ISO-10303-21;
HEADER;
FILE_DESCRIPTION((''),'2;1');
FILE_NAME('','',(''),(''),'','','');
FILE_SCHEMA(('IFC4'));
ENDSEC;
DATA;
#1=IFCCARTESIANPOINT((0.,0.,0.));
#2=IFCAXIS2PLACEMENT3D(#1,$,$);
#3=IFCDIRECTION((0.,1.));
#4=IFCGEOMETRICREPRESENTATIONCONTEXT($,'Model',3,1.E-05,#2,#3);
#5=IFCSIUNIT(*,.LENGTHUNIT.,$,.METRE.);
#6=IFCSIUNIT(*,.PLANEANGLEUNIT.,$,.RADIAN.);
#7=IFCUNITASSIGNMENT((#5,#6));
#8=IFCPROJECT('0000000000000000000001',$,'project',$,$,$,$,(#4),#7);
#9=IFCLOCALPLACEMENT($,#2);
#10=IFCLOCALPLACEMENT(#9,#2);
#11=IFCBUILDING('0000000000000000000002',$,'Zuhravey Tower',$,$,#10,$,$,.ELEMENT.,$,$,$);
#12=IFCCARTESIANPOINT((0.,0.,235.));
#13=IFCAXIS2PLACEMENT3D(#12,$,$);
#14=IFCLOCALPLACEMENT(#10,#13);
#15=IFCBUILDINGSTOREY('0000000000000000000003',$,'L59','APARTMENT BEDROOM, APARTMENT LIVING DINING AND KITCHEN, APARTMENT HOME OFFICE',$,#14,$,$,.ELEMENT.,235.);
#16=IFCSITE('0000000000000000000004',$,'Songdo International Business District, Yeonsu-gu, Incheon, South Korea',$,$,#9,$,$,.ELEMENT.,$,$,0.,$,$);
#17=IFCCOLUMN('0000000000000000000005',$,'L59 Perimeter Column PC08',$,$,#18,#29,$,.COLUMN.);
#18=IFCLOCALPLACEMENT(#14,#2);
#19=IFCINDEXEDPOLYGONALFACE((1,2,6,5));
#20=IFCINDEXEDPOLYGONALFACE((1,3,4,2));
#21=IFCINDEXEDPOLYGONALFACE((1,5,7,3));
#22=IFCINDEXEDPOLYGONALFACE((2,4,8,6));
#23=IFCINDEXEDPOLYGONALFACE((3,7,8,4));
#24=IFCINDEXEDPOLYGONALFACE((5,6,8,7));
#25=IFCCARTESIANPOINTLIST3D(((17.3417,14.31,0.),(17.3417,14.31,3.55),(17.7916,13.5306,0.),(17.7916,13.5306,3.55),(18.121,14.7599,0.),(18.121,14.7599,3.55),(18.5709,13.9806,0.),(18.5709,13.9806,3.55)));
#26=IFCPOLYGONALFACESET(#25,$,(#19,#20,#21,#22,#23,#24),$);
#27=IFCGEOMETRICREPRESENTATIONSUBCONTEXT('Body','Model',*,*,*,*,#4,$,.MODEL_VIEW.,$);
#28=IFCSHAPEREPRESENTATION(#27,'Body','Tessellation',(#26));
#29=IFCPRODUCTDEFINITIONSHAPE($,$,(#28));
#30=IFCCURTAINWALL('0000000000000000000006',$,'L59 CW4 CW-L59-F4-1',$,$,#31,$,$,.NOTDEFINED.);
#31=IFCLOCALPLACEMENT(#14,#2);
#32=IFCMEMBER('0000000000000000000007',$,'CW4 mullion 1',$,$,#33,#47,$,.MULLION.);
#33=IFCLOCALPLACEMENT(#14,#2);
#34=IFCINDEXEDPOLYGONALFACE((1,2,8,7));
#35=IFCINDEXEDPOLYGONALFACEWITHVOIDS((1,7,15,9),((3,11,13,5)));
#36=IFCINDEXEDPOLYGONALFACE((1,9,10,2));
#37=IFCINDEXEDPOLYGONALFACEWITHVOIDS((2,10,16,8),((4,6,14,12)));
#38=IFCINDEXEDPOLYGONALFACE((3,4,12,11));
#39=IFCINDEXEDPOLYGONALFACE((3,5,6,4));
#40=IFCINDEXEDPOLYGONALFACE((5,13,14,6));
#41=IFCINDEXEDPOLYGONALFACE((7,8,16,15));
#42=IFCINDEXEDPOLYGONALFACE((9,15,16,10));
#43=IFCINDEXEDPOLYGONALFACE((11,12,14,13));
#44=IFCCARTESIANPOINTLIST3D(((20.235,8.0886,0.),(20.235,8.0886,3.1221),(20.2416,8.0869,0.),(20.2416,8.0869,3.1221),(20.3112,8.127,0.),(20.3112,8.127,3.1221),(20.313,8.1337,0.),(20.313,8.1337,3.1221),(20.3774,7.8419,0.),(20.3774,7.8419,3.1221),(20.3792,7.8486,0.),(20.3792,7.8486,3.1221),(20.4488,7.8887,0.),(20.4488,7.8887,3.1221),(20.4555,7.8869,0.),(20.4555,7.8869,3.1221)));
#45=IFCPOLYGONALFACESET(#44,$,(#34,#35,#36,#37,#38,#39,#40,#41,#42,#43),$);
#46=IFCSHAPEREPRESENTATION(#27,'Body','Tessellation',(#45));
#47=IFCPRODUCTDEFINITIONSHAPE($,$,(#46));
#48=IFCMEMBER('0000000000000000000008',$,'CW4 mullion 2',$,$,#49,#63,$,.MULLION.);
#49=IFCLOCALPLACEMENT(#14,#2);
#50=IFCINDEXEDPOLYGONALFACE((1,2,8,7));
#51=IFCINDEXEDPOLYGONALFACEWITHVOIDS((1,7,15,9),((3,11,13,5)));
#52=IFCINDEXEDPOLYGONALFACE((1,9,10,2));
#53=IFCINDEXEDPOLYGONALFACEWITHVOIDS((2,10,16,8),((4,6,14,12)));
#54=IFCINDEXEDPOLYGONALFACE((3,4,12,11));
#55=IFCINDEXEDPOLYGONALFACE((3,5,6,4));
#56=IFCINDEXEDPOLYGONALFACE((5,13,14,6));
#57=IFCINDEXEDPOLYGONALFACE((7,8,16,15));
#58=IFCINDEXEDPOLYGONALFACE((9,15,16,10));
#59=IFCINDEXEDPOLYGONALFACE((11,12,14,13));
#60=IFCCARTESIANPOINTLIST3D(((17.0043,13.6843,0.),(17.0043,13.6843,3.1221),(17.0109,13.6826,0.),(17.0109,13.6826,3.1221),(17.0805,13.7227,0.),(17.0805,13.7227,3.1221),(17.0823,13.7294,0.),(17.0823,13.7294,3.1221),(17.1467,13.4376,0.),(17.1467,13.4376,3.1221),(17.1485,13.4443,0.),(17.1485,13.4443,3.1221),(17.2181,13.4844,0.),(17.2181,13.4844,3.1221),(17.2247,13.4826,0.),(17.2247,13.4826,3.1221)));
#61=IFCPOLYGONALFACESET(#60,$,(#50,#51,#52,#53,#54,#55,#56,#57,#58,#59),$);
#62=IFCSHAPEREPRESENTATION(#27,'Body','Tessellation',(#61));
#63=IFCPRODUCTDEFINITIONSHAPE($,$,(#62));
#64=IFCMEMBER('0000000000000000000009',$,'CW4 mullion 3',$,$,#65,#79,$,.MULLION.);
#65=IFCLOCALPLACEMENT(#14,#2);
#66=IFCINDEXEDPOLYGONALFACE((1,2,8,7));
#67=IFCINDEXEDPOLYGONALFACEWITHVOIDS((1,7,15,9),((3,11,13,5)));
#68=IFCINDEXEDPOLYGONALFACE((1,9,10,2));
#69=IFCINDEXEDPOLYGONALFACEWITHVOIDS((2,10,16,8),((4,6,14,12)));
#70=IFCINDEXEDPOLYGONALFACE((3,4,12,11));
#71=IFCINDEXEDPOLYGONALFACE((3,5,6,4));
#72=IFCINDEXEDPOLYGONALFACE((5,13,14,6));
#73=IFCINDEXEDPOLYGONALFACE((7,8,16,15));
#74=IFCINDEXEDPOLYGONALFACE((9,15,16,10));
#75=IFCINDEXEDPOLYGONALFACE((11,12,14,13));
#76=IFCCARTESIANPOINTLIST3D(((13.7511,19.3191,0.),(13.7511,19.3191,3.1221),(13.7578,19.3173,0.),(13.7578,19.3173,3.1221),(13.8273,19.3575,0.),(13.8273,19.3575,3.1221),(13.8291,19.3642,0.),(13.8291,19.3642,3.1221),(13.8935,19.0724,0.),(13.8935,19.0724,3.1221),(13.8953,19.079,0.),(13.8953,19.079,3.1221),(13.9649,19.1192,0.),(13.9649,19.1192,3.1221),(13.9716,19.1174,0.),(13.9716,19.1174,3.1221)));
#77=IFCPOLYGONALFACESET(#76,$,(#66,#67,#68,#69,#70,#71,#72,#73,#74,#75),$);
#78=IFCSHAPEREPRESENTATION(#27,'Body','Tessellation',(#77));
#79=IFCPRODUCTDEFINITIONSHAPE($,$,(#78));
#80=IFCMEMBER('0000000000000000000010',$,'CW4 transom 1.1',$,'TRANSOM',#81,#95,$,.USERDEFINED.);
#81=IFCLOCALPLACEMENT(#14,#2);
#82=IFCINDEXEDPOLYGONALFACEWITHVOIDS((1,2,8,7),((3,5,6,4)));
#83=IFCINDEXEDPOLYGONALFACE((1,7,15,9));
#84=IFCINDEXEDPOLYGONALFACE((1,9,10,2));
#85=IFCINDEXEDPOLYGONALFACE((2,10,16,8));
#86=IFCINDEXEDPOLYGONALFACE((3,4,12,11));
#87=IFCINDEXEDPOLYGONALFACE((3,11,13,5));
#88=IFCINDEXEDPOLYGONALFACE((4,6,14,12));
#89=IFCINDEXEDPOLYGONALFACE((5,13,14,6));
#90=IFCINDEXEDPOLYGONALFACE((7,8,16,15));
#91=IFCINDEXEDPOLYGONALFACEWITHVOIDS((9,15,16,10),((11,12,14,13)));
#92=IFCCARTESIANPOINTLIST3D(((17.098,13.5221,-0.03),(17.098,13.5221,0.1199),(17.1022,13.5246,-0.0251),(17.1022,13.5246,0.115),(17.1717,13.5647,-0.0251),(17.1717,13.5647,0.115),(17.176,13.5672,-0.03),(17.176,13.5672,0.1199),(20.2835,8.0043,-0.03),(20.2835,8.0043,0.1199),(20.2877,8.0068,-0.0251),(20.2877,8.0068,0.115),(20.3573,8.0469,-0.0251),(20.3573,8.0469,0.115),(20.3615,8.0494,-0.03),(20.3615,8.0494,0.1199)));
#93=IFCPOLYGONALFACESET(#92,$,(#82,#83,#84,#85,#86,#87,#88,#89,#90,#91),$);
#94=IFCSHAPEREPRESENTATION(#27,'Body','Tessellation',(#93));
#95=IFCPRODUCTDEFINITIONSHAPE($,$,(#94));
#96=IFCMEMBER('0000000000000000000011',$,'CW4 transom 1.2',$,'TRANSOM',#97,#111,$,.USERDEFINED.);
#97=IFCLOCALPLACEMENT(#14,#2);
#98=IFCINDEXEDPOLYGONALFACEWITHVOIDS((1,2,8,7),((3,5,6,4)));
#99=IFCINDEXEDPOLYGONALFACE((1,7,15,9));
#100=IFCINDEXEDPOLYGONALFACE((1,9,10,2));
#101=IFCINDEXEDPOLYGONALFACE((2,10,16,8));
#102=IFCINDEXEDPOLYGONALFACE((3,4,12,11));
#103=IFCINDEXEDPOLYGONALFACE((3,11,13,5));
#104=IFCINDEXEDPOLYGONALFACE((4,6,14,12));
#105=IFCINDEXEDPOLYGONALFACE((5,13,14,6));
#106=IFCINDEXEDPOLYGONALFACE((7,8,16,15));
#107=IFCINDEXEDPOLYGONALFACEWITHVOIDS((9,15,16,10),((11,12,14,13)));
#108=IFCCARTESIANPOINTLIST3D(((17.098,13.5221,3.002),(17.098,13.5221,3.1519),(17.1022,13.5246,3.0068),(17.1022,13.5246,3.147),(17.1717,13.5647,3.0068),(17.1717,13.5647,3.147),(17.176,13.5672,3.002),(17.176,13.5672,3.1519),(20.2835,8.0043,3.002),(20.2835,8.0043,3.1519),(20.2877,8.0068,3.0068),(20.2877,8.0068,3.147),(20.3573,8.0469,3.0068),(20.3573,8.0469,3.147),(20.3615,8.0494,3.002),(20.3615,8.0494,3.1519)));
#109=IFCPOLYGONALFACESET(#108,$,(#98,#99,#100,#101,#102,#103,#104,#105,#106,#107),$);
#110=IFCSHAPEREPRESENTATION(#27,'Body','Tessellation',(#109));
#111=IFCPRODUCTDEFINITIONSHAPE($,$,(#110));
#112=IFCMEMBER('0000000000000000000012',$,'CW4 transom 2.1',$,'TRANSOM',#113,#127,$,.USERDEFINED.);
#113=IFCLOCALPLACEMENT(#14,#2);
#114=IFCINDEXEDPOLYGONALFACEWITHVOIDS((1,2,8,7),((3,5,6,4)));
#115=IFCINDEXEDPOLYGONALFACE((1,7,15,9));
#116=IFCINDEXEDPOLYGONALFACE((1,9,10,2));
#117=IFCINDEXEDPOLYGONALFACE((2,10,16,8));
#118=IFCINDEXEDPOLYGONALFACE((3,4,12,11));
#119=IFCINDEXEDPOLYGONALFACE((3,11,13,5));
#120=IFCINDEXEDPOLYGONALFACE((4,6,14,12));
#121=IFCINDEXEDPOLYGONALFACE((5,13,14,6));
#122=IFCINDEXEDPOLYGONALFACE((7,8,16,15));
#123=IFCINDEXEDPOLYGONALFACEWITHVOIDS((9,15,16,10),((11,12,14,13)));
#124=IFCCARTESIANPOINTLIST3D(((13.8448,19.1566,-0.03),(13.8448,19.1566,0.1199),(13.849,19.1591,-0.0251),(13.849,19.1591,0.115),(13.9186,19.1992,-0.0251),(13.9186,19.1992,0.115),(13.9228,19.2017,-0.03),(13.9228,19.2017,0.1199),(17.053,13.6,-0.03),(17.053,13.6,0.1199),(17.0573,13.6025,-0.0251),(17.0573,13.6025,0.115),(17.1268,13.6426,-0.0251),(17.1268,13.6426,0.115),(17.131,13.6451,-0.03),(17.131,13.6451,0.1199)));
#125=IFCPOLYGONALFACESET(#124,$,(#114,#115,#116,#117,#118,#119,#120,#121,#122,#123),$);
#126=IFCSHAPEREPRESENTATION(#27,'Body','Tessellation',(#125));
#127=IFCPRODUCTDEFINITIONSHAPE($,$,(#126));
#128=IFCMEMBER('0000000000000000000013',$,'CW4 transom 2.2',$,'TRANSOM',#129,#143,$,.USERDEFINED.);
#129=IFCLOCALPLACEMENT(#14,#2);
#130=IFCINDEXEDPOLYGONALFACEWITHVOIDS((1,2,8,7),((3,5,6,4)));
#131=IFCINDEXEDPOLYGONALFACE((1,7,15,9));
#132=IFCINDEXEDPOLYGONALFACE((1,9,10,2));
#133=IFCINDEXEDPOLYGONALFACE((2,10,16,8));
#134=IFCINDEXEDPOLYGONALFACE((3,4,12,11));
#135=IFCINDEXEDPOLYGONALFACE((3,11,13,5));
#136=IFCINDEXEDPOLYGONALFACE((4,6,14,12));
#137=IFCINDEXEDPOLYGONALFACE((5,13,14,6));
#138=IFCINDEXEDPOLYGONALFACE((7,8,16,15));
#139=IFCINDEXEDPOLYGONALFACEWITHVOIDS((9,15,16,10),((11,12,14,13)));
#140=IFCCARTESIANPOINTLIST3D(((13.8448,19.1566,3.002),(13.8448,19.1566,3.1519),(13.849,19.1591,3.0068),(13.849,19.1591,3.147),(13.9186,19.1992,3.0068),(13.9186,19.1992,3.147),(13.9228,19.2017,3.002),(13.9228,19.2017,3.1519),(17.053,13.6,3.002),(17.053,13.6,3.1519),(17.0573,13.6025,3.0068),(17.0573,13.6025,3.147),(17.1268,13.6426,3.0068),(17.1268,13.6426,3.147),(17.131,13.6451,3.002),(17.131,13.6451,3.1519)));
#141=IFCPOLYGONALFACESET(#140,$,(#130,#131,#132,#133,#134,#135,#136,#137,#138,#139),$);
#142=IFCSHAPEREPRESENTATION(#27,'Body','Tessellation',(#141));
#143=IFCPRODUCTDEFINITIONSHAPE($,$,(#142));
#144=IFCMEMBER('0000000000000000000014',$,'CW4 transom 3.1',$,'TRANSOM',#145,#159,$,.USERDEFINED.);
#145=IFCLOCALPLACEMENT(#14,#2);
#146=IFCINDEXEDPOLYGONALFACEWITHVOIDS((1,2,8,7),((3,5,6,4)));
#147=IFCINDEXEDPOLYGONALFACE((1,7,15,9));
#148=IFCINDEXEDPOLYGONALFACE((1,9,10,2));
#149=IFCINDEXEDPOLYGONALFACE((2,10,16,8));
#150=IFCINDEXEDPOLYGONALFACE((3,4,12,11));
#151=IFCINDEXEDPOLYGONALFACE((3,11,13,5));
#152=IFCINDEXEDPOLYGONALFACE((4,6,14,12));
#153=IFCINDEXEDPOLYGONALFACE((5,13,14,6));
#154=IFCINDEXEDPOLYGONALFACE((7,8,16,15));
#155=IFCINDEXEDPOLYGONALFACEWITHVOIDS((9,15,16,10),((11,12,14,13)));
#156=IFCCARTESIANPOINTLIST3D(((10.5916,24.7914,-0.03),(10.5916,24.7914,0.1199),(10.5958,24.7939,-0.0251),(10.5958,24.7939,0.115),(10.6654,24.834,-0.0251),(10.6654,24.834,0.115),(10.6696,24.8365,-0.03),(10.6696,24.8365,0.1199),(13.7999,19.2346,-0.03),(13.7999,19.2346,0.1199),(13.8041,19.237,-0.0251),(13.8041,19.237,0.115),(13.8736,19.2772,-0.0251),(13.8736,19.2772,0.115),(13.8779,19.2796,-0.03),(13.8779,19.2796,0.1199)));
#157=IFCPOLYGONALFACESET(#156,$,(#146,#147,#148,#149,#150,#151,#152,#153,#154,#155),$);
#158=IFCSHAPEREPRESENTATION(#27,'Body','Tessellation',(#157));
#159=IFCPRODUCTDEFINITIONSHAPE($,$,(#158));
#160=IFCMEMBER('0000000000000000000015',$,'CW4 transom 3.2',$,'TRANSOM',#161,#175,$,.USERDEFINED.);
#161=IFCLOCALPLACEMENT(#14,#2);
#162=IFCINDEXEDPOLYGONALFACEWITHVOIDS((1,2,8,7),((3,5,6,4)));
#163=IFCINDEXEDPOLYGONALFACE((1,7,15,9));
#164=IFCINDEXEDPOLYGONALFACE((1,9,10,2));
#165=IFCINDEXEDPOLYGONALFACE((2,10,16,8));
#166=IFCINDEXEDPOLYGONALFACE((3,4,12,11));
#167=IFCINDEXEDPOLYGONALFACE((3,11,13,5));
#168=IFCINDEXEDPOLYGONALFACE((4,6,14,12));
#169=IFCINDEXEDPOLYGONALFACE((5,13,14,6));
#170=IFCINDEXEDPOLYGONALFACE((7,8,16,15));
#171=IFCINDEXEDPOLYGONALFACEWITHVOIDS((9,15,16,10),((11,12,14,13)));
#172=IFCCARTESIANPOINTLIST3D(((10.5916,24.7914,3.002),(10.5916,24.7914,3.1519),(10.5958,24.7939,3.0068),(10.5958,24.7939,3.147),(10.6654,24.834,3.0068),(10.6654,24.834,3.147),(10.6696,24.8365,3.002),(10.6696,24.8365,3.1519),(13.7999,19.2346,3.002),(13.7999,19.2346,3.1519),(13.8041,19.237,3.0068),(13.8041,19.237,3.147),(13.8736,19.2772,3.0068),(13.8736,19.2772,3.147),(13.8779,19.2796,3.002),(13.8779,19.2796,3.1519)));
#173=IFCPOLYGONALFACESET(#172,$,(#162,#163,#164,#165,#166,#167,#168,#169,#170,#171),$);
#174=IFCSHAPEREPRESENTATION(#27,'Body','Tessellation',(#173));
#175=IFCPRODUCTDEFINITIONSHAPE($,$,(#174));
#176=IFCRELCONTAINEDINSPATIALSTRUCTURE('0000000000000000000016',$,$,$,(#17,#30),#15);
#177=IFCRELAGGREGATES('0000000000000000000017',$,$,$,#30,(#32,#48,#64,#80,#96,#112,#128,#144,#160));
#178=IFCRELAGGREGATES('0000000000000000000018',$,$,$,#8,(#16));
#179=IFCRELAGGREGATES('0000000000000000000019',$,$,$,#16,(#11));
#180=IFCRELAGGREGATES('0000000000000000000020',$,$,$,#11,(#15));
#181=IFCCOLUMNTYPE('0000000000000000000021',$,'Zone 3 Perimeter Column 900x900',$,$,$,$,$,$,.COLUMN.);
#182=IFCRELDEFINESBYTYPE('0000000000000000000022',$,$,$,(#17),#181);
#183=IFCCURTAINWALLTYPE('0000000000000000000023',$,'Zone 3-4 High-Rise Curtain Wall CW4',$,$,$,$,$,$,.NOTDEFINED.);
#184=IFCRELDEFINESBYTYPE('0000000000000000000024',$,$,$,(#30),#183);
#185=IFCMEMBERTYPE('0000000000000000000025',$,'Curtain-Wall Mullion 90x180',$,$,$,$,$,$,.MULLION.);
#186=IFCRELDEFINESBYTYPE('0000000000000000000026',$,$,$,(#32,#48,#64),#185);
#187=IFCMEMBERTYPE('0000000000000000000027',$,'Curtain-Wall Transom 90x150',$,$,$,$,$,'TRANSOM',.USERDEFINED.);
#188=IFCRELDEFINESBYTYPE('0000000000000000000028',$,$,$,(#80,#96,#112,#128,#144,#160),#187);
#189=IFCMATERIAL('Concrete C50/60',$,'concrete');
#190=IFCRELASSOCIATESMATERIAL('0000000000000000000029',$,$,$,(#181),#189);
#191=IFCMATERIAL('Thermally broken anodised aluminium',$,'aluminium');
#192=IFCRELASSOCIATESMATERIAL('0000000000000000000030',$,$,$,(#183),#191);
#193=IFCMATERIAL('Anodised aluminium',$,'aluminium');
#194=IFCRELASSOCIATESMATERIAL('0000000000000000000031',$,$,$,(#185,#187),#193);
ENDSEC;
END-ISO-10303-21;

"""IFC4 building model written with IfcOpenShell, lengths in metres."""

from ifc_helpers import new_model, si_unit, direction, frame, origin, origin_2d, place, context, subcontext, project, spatial, rectangle, hollow_rectangle, extrude, material, material_profile, profile_set, type_object, element, aggregate, save


model = new_model("IFC4")

# Units and contexts
model_context = context("Model", 3, precision=1e-05, world=origin(), true_north=direction((0.0, 1.0)))
body_context = subcontext(model_context, "Body", "Model", "MODEL_VIEW")
ifc_project = project(units=[si_unit("LENGTHUNIT", "METRE"), si_unit("PLANEANGLEUNIT", "RADIAN")], contexts=[model_context])

# Site, building, storey
site_placement = place(None, origin())
site = spatial("IfcSite", under=ifc_project, at=site_placement, Name="Songdo International Business District, Yeonsu-gu, Incheon, South Korea", CompositionType="ELEMENT", RefElevation=0.0)
building_placement = place(site_placement, origin())
building = spatial("IfcBuilding", under=site, at=building_placement, Name="Zuhravey Tower", CompositionType="ELEMENT")
storey_placement = place(building_placement, frame((0.0, 0.0, 235.0)))
storey = spatial("IfcBuildingStorey", under=building, at=storey_placement, Name="L59", Description="APARTMENT BEDROOM, APARTMENT LIVING DINING AND KITCHEN, APARTMENT HOME OFFICE", CompositionType="ELEMENT", Elevation=235.0)

# Column
ifc_material_1 = material(Name="Concrete C50/60", Category="concrete")
ifc_material_profile_1 = material_profile(ifc_material_1, rectangle(XDim=0.8999, YDim=0.8999, at=origin_2d()), Name="RC-900x900")
ifc_profile_set_1 = profile_set([ifc_material_profile_1], Name="Concrete C50/60")
column_type = type_object("IfcColumnType", Name="Zone 3 Perimeter Column 900x900", PredefinedType="COLUMN", material=ifc_profile_set_1)
column_placement = place(storey_placement, frame((17.9563, 14.1453, 0.0), z_axis=(0.0, 0.0, 1.0), x_axis=(0.5, -0.866025, 0.0)))
element("IfcColumn", 1, at=column_placement, inside=storey, type_object=column_type, Name="L59 Perimeter Column PC08", PredefinedType="COLUMN", context=body_context, shape_type="SweptSolid", body=[
    extrude(rectangle(XDim=0.8999, YDim=0.8999, at=origin_2d()), origin(), (0.0, 0.0, 1.0), 3.55),
])

# Curtain wall, members
ifc_material_2 = material(Name="Thermally broken anodised aluminium", Category="aluminium")
curtain_wall_type = type_object("IfcCurtainWallType", Name="Zone 3-4 High-Rise Curtain Wall CW4", PredefinedType="NOTDEFINED", material=ifc_material_2)
curtain_wall_placement = place(storey_placement, origin())
curtain_wall = element("IfcCurtainWall", 2, at=curtain_wall_placement, inside=storey, type_object=curtain_wall_type, Name="L59 CW4 CW-L59-F4-1", PredefinedType="NOTDEFINED")
ifc_material_3 = material(Name="Anodised aluminium", Category="aluminium")
ifc_material_profile_2 = material_profile(ifc_material_3, hollow_rectangle(XDim=0.0901, YDim=0.2849, WallThickness=0.0049, at=origin_2d()), Name="ALU-RHS-90x285x5")
ifc_profile_set_2 = profile_set([ifc_material_profile_2], Name="Anodised aluminium")
member_type_1 = type_object("IfcMemberType", Name="Curtain-Wall Mullion 90x180", PredefinedType="MULLION", material=ifc_profile_set_2)
member_1_placement = place(storey_placement, frame((20.3452, 7.9878, 0.0), z_axis=(0.0, 0.0, 1.0), x_axis=(-0.866025, -0.500001, 0.0)))
member_1 = element("IfcMember", 3, at=member_1_placement, type_object=member_type_1, Name="CW4 mullion 1", PredefinedType="MULLION", context=body_context, shape_type="SweptSolid", body=[
    extrude(hollow_rectangle(XDim=0.0901, YDim=0.2849, WallThickness=0.0049, at=origin_2d()), origin(), (0.0, 0.0, 1.0), 3.1221),
])
member_2_placement = place(storey_placement, frame((17.1145, 13.5835, 0.0), z_axis=(0.0, 0.0, 1.0), x_axis=(-0.866025, -0.500001, 0.0)))
member_2 = element("IfcMember", 4, at=member_2_placement, type_object=member_type_1, Name="CW4 mullion 2", PredefinedType="MULLION", context=body_context, shape_type="SweptSolid", body=[
    extrude(hollow_rectangle(XDim=0.0901, YDim=0.2849, WallThickness=0.0049, at=origin_2d()), origin(), (0.0, 0.0, 1.0), 3.1221),
])
member_3_placement = place(storey_placement, frame((13.8613, 19.2183, 0.0), z_axis=(0.0, 0.0, 1.0), x_axis=(-0.866025, -0.500001, 0.0)))
member_3 = element("IfcMember", 5, at=member_3_placement, type_object=member_type_1, Name="CW4 mullion 3", PredefinedType="MULLION", context=body_context, shape_type="SweptSolid", body=[
    extrude(hollow_rectangle(XDim=0.0901, YDim=0.2849, WallThickness=0.0049, at=origin_2d()), origin(), (0.0, 0.0, 1.0), 3.1221),
])
ifc_material_profile_3 = material_profile(ifc_material_3, hollow_rectangle(XDim=0.0901, YDim=0.1499, WallThickness=0.0049, at=origin_2d()), Name="ALU-RHS-90x150x5")
ifc_profile_set_3 = profile_set([ifc_material_profile_3], Name="Anodised aluminium")
member_type_2 = type_object("IfcMemberType", Name="Curtain-Wall Transom 90x150", ElementType="TRANSOM", PredefinedType="USERDEFINED", material=ifc_profile_set_3)
member_4_placement = place(storey_placement, frame((20.3225, 8.0269, 0.0449), z_axis=(-0.49998, 0.866037, 0.0), x_axis=(-0.866037, -0.49998, 0.0)))
member_4 = element("IfcMember", 6, at=member_4_placement, type_object=member_type_2, Name="CW4 transom 1.1", ObjectType="TRANSOM", PredefinedType="USERDEFINED", context=body_context, shape_type="SweptSolid", body=[
    extrude(hollow_rectangle(XDim=0.0901, YDim=0.1499, WallThickness=0.0049, at=origin_2d()), origin(), (0.0, 0.0, 1.0), 6.3713),
])
member_5_placement = place(storey_placement, frame((20.3225, 8.0269, 3.0769), z_axis=(-0.49998, 0.866037, 0.0), x_axis=(-0.866037, -0.49998, 0.0)))
member_5 = element("IfcMember", 7, at=member_5_placement, type_object=member_type_2, Name="CW4 transom 1.2", ObjectType="TRANSOM", PredefinedType="USERDEFINED", context=body_context, shape_type="SweptSolid", body=[
    extrude(hollow_rectangle(XDim=0.0901, YDim=0.1499, WallThickness=0.0049, at=origin_2d()), origin(), (0.0, 0.0, 1.0), 6.3713),
])
member_6_placement = place(storey_placement, frame((17.092, 13.6226, 0.0449), z_axis=(-0.500014, 0.866017, 0.0), x_axis=(-0.866017, -0.500014, 0.0)))
member_6 = element("IfcMember", 8, at=member_6_placement, type_object=member_type_2, Name="CW4 transom 2.1", ObjectType="TRANSOM", PredefinedType="USERDEFINED", context=body_context, shape_type="SweptSolid", body=[
    extrude(hollow_rectangle(XDim=0.0901, YDim=0.1499, WallThickness=0.0049, at=origin_2d()), origin(), (0.0, 0.0, 1.0), 6.4163),
])
member_7_placement = place(storey_placement, frame((17.092, 13.6226, 3.0769), z_axis=(-0.500014, 0.866017, 0.0), x_axis=(-0.866017, -0.500014, 0.0)))
member_7 = element("IfcMember", 9, at=member_7_placement, type_object=member_type_2, Name="CW4 transom 2.2", ObjectType="TRANSOM", PredefinedType="USERDEFINED", context=body_context, shape_type="SweptSolid", body=[
    extrude(hollow_rectangle(XDim=0.0901, YDim=0.1499, WallThickness=0.0049, at=origin_2d()), origin(), (0.0, 0.0, 1.0), 6.4163),
])
member_8_placement = place(storey_placement, frame((13.8389, 19.2571, 0.0449), z_axis=(-0.499998, 0.866027, 0.0), x_axis=(-0.866027, -0.499998, 0.0)))
member_8 = element("IfcMember", 10, at=member_8_placement, type_object=member_type_2, Name="CW4 transom 3.1", ObjectType="TRANSOM", PredefinedType="USERDEFINED", context=body_context, shape_type="SweptSolid", body=[
    extrude(hollow_rectangle(XDim=0.0901, YDim=0.1499, WallThickness=0.0049, at=origin_2d()), origin(), (0.0, 0.0, 1.0), 6.4165),
])
member_9_placement = place(storey_placement, frame((13.8389, 19.2571, 3.0769), z_axis=(-0.499998, 0.866027, 0.0), x_axis=(-0.866027, -0.499998, 0.0)))
member_9 = element("IfcMember", 11, at=member_9_placement, type_object=member_type_2, Name="CW4 transom 3.2", ObjectType="TRANSOM", PredefinedType="USERDEFINED", context=body_context, shape_type="SweptSolid", body=[
    extrude(hollow_rectangle(XDim=0.0901, YDim=0.1499, WallThickness=0.0049, at=origin_2d()), origin(), (0.0, 0.0, 1.0), 6.4165),
])

aggregate(curtain_wall, [member_1, member_2, member_3, member_4, member_5, member_6, member_7, member_8, member_9])

save(model, "model.ifc")
